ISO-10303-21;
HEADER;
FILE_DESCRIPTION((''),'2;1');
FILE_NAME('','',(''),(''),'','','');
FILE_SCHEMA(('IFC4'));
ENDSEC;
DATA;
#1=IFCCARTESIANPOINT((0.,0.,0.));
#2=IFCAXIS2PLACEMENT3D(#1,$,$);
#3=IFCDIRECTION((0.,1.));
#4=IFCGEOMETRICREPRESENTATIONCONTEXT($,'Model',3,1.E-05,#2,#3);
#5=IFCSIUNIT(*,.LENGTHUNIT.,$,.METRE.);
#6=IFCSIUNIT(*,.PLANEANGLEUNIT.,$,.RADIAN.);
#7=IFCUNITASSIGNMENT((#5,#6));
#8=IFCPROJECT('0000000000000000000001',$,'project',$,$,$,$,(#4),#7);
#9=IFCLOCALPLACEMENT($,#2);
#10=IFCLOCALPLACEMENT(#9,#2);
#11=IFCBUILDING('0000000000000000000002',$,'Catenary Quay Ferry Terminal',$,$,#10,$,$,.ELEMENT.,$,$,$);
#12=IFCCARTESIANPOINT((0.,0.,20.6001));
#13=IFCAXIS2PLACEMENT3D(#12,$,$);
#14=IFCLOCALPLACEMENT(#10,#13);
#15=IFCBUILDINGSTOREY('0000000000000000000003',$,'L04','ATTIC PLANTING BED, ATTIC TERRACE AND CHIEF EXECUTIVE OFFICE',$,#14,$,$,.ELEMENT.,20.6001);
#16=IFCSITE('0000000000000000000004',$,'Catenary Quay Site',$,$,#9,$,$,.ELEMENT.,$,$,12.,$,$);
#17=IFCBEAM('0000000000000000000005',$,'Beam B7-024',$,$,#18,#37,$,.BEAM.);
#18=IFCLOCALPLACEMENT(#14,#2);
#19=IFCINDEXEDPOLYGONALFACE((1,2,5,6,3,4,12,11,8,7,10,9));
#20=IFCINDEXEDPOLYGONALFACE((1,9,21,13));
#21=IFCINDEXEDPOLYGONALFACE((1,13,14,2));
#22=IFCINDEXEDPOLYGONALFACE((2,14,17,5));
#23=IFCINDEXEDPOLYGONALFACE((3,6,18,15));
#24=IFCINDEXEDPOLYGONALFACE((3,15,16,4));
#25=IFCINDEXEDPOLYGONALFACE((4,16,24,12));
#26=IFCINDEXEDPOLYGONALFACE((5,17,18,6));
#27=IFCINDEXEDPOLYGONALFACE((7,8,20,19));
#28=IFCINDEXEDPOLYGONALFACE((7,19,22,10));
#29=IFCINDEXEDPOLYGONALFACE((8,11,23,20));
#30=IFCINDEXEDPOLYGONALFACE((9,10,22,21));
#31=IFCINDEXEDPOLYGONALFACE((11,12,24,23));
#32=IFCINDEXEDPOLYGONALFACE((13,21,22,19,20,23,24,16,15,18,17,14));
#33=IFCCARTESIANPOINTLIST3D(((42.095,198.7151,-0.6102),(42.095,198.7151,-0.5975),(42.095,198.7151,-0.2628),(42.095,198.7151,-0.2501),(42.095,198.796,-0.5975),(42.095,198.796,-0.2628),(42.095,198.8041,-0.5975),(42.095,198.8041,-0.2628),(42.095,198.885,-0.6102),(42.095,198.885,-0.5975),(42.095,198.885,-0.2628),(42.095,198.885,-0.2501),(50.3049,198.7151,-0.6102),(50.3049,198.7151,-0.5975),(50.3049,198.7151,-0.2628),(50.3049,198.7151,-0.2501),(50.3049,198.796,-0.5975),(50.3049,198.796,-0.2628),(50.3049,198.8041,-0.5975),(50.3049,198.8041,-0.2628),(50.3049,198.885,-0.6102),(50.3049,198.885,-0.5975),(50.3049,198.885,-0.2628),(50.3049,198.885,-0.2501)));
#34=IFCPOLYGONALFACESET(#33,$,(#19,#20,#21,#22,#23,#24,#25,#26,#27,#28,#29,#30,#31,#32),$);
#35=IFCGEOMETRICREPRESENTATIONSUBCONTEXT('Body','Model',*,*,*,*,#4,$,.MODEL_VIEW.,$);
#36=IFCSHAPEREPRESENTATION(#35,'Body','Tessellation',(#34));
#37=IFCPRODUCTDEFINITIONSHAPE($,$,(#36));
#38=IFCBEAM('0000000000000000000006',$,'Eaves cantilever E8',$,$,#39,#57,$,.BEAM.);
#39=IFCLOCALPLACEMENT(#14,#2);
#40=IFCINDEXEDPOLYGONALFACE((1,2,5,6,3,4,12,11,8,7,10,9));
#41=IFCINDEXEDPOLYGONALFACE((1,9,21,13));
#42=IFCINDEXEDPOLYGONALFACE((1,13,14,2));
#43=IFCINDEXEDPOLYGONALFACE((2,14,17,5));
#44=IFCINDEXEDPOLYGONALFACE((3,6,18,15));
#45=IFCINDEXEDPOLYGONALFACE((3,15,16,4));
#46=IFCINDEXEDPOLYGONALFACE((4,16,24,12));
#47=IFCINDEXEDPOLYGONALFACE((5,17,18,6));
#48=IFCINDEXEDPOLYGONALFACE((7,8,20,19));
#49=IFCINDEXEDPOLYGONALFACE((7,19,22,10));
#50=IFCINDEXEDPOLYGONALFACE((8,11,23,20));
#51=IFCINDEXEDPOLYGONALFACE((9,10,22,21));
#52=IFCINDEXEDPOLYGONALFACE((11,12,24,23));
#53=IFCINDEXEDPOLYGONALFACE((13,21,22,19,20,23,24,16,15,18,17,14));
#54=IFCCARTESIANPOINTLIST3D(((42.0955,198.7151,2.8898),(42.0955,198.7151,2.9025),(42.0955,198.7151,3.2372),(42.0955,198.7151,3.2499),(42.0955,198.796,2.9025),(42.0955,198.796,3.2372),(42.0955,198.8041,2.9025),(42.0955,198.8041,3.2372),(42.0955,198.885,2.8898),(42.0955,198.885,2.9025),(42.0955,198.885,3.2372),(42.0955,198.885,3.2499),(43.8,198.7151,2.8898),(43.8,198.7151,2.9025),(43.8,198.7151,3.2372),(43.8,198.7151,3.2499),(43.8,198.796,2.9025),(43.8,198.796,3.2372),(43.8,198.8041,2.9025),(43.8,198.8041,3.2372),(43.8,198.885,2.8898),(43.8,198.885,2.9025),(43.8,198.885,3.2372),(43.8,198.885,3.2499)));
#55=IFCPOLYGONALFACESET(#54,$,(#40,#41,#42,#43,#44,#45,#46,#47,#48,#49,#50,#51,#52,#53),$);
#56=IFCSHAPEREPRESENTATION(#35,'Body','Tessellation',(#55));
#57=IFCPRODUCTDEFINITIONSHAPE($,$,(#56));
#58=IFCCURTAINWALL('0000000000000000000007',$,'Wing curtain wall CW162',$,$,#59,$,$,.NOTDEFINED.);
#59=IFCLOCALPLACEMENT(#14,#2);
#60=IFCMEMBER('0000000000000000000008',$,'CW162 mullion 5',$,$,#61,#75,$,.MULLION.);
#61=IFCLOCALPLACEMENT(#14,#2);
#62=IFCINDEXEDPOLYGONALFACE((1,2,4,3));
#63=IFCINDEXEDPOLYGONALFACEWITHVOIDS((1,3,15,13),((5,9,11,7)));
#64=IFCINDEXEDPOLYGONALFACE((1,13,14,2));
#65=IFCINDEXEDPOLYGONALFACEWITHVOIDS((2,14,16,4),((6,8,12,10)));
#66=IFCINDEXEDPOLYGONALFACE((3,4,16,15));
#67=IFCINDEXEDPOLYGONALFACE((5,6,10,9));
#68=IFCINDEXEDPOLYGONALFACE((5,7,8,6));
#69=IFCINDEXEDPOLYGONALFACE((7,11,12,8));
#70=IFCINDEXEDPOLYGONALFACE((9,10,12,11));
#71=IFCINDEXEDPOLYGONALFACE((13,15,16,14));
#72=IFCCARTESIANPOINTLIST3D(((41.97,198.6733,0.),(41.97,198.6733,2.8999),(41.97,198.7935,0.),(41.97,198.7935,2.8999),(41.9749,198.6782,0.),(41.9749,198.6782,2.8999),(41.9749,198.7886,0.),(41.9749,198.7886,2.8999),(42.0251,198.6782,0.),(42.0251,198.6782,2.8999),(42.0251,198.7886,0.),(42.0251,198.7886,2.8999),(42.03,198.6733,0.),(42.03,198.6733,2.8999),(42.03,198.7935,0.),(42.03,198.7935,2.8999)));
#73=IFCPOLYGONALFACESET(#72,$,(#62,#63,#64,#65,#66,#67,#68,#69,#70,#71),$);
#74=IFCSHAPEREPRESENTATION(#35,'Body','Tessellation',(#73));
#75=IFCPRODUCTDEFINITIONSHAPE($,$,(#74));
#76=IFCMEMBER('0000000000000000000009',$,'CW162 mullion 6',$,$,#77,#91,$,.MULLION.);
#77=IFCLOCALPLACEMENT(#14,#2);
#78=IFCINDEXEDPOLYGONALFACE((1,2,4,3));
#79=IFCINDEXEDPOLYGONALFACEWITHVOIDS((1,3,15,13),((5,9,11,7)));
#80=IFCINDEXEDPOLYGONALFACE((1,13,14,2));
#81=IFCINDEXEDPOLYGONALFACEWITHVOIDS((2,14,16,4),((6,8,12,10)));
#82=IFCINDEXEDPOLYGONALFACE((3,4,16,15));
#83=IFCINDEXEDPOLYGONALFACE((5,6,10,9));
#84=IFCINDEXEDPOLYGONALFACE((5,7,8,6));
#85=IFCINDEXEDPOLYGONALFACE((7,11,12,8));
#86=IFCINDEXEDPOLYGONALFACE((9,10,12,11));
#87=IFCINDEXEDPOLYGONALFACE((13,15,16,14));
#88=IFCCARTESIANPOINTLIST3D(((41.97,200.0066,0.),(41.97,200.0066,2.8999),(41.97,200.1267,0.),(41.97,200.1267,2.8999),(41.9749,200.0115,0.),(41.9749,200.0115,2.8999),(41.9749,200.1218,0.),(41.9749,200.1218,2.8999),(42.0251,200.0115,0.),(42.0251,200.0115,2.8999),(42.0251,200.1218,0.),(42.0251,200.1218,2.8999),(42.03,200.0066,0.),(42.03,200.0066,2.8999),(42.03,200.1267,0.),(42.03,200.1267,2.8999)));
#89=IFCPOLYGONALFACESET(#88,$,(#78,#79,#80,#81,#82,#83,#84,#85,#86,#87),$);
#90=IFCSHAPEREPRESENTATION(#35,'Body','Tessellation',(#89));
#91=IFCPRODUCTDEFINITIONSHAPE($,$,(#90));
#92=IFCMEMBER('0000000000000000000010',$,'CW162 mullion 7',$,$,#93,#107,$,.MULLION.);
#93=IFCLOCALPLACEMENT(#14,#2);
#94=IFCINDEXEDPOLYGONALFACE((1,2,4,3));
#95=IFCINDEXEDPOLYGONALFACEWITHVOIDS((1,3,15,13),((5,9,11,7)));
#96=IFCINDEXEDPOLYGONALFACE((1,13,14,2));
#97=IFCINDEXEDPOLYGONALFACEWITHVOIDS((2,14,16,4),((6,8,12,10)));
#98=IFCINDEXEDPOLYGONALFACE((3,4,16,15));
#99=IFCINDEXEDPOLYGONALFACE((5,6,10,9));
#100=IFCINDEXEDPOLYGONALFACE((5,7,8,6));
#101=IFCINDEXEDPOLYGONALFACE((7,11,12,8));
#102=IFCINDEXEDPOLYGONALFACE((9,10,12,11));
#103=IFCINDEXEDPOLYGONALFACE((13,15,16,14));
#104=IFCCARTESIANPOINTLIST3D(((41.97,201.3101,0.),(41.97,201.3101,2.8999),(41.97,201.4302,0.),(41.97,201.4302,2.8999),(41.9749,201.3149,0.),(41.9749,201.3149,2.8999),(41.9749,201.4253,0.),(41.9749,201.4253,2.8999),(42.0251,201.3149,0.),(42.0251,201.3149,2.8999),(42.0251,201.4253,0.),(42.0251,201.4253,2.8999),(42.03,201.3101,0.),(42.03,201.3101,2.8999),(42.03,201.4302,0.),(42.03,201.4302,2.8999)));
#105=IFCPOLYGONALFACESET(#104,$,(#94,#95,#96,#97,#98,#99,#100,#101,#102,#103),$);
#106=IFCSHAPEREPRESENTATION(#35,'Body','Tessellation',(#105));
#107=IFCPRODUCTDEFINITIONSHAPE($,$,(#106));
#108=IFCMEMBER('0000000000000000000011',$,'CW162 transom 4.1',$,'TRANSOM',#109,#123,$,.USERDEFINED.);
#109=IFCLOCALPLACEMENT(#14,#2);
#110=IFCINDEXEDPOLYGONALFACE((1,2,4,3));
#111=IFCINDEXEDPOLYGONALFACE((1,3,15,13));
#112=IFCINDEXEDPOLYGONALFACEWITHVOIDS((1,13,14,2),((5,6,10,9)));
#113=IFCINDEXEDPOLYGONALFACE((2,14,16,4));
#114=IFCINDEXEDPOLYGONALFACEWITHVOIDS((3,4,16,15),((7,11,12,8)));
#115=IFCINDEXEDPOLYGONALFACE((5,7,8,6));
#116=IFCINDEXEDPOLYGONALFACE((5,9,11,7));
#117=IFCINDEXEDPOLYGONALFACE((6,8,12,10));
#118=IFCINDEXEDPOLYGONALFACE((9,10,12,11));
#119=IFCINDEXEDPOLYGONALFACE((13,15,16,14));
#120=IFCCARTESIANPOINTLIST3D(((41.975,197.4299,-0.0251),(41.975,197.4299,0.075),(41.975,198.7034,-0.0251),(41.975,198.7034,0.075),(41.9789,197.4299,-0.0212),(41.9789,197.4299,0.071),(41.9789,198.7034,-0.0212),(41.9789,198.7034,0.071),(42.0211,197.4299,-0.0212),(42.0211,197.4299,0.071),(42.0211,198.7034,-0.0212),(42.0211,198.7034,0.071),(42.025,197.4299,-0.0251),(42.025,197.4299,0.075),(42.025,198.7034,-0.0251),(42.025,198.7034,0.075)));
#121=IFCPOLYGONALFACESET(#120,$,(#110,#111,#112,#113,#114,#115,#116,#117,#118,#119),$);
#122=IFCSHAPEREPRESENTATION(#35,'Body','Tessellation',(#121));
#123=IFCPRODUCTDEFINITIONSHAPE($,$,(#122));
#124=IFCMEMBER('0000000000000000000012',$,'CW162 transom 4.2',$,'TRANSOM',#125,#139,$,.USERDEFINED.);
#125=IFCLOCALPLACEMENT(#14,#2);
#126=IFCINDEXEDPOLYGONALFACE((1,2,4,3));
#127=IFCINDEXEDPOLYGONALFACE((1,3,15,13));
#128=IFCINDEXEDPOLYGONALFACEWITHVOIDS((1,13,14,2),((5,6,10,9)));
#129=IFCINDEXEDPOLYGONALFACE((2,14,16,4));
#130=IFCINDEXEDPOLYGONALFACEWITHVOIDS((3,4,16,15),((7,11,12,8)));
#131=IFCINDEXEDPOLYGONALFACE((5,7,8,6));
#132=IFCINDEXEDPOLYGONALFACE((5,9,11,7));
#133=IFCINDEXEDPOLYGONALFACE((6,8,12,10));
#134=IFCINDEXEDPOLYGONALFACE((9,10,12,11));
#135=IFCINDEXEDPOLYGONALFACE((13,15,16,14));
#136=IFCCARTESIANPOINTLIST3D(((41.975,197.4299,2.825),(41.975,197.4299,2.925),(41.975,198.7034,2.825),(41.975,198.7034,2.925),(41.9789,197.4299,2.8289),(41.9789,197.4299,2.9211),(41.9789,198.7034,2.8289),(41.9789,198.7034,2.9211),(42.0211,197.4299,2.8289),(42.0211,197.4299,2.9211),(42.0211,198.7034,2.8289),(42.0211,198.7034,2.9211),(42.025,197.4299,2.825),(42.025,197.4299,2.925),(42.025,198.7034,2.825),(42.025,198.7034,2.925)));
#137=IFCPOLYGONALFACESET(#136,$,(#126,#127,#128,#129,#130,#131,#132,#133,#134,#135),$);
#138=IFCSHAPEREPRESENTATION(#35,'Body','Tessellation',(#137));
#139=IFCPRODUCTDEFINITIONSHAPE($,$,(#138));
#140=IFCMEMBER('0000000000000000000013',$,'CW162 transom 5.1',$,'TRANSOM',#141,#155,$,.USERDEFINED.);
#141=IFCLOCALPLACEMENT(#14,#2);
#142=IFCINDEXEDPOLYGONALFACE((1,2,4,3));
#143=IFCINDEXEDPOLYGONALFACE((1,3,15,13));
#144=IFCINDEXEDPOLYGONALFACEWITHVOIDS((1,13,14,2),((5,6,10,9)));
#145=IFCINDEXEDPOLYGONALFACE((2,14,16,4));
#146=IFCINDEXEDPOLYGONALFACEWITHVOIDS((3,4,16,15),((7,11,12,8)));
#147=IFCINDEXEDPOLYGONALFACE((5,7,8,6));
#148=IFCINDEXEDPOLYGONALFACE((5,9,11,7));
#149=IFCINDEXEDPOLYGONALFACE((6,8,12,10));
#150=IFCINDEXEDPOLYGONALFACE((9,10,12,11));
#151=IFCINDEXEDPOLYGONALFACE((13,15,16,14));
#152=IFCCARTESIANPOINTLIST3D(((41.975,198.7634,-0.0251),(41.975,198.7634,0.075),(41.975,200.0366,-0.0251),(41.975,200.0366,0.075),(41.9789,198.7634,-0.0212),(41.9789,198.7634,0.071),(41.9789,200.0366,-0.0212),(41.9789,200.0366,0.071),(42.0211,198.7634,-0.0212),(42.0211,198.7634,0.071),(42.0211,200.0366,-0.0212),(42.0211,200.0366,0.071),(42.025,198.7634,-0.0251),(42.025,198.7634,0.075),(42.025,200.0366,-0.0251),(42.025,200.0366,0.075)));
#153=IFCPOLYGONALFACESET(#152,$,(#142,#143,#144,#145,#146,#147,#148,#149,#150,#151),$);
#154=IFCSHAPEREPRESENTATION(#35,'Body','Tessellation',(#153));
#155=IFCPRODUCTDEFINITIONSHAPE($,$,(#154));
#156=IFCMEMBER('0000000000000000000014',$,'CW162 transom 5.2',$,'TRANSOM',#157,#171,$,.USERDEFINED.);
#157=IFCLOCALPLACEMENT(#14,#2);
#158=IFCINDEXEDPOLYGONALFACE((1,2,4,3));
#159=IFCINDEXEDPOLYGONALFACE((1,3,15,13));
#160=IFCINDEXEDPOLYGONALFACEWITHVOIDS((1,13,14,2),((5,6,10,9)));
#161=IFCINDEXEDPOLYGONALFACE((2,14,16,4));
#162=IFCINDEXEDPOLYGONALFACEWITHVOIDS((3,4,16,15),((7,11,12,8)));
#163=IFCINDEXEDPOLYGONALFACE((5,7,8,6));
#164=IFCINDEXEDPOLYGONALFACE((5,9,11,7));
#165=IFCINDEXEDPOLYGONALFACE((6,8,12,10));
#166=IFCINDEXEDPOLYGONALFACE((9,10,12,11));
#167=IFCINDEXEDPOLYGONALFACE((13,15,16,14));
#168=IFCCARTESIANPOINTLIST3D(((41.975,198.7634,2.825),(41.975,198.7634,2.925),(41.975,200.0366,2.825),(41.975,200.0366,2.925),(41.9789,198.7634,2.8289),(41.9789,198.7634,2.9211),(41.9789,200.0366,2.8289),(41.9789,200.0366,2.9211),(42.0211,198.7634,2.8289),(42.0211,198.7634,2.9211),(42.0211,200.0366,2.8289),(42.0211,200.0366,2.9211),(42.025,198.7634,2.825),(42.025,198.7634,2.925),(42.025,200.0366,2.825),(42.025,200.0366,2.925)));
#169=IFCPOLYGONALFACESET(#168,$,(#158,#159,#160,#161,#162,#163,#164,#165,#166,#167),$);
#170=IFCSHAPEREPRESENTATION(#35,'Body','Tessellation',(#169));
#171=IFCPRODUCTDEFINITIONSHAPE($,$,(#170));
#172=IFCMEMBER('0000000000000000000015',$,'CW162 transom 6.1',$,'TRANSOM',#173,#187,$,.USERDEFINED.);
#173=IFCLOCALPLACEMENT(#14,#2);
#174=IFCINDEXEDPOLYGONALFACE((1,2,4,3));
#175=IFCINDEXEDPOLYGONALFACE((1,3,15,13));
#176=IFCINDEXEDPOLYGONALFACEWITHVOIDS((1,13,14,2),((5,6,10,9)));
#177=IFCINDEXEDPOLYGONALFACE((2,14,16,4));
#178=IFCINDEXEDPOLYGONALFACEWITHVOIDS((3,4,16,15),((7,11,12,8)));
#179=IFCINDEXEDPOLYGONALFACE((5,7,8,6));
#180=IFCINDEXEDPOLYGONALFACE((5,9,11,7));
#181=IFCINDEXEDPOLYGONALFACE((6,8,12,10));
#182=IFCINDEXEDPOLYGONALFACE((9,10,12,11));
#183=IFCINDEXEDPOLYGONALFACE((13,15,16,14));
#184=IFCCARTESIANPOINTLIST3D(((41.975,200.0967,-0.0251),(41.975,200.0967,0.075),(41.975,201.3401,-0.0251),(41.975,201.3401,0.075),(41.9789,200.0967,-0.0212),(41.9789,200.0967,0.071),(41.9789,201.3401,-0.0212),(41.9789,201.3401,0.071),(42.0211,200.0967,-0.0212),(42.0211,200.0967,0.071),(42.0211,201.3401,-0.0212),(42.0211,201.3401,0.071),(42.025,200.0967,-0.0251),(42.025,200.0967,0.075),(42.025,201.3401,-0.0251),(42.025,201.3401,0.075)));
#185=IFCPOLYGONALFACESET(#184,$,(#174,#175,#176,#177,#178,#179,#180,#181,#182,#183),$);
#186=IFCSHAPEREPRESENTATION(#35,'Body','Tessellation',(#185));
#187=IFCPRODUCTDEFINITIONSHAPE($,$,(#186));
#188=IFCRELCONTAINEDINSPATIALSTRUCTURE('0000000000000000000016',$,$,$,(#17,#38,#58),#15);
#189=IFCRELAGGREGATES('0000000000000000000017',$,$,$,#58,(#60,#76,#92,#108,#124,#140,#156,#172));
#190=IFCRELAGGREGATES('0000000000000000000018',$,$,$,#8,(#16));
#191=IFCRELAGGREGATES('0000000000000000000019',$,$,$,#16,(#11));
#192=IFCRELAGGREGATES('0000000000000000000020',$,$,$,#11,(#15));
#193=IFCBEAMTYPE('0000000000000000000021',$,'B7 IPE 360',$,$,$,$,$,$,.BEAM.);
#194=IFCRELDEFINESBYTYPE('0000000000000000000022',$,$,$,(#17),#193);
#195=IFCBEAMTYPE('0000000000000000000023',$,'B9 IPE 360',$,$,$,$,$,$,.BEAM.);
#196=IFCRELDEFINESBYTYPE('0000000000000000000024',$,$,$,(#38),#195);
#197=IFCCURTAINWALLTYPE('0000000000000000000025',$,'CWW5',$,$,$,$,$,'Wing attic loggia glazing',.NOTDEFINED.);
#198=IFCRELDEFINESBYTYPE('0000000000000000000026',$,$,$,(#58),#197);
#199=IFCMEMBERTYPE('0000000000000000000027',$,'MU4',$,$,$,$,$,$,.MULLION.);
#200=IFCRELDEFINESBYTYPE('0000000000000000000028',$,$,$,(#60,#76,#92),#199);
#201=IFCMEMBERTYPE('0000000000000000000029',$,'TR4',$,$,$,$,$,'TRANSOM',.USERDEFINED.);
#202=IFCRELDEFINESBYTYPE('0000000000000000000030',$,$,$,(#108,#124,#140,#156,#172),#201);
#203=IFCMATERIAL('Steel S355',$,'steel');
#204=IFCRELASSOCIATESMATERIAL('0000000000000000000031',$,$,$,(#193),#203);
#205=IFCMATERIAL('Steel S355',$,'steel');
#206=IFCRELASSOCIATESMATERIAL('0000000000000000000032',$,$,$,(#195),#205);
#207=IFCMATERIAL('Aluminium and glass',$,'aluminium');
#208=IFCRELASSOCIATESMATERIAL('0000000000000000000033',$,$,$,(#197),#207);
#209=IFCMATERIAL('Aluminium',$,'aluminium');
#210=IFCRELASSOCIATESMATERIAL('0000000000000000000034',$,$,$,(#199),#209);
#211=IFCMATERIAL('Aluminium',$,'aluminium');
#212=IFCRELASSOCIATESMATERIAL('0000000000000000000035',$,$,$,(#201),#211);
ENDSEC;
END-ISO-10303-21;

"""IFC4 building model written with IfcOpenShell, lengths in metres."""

from ifc_helpers import new_model, si_unit, direction, frame, origin, origin_2d, place, context, subcontext, project, spatial, hollow_rectangle, i_section, extrude, material, material_profile, profile_set, type_object, element, aggregate, save


model = new_model("IFC4")

# Units and contexts
model_context = context("Model", 3, precision=1e-05, world=origin(), true_north=direction((0.0, 1.0)))
body_context = subcontext(model_context, "Body", "Model", "MODEL_VIEW")
ifc_project = project(units=[si_unit("LENGTHUNIT", "METRE"), si_unit("PLANEANGLEUNIT", "RADIAN")], contexts=[model_context])

# Site, building, storey
site_placement = place(None, origin())
site = spatial("IfcSite", under=ifc_project, at=site_placement, Name="Catenary Quay Site", CompositionType="ELEMENT", RefElevation=12.0)
building_placement = place(site_placement, origin())
building = spatial("IfcBuilding", under=site, at=building_placement, Name="Catenary Quay Ferry Terminal", CompositionType="ELEMENT")
storey_placement = place(building_placement, frame((0.0, 0.0, 20.6001)))
storey = spatial("IfcBuildingStorey", under=building, at=storey_placement, Name="L04", Description="ATTIC PLANTING BED, ATTIC TERRACE AND CHIEF EXECUTIVE OFFICE", CompositionType="ELEMENT", Elevation=20.6001)

# Beams
ifc_material_1 = material(Name="Steel S355", Category="steel")
ifc_material_profile_1 = material_profile(ifc_material_1, i_section(OverallWidth=0.1699, OverallDepth=0.3601, WebThickness=0.0081, FlangeThickness=0.0127, at=origin_2d()), Name="IPE 360")
ifc_profile_set_1 = profile_set([ifc_material_profile_1], Name="Steel S355")
beam_type_1 = type_object("IfcBeamType", Name="B7 IPE 360", PredefinedType="BEAM", material=ifc_profile_set_1)
beam_1_placement = place(storey_placement, frame((42.095, 198.8, -0.4302), z_axis=(1.0, 0.0, 0.0), x_axis=(0.0, 1.0, 0.0)))
element("IfcBeam", 1, at=beam_1_placement, inside=storey, type_object=beam_type_1, Name="Beam B7-024", PredefinedType="BEAM", context=body_context, shape_type="SweptSolid", body=[
    extrude(i_section(OverallWidth=0.1699, OverallDepth=0.3601, WebThickness=0.0081, FlangeThickness=0.0127, at=origin_2d()), origin(), (0.0, 0.0, 1.0), 8.21),
])
ifc_material_2 = material(Name="Steel S355", Category="steel")
ifc_material_profile_2 = material_profile(ifc_material_2, i_section(OverallWidth=0.1699, OverallDepth=0.3601, WebThickness=0.0081, FlangeThickness=0.0127, at=origin_2d()), Name="IPE 360")
ifc_profile_set_2 = profile_set([ifc_material_profile_2], Name="Steel S355")
beam_type_2 = type_object("IfcBeamType", Name="B9 IPE 360", PredefinedType="BEAM", material=ifc_profile_set_2)
beam_2_placement = place(storey_placement, frame((42.0955, 198.8, 3.0698), z_axis=(1.0, 0.0, 0.0), x_axis=(0.0, 1.0, 0.0)))
element("IfcBeam", 2, at=beam_2_placement, inside=storey, type_object=beam_type_2, Name="Eaves cantilever E8", PredefinedType="BEAM", context=body_context, shape_type="SweptSolid", body=[
    extrude(i_section(OverallWidth=0.1699, OverallDepth=0.3601, WebThickness=0.0081, FlangeThickness=0.0127, at=origin_2d()), origin(), (0.0, 0.0, 1.0), 1.7046),
])

# Curtain wall, members
ifc_material_3 = material(Name="Aluminium and glass", Category="aluminium")
curtain_wall_type = type_object("IfcCurtainWallType", Name="CWW5", ElementType="Wing attic loggia glazing", PredefinedType="NOTDEFINED", material=ifc_material_3)
curtain_wall_placement = place(storey_placement, origin())
curtain_wall = element("IfcCurtainWall", 3, at=curtain_wall_placement, inside=storey, type_object=curtain_wall_type, Name="Wing curtain wall CW162", PredefinedType="NOTDEFINED")
ifc_material_4 = material(Name="Aluminium", Category="aluminium")
ifc_material_profile_3 = material_profile(ifc_material_4, hollow_rectangle(XDim=0.0601, YDim=0.1201, WallThickness=0.0049, at=origin_2d()), Name="MU4")
ifc_profile_set_3 = profile_set([ifc_material_profile_3], Name="Aluminium")
member_type_1 = type_object("IfcMemberType", Name="MU4", PredefinedType="MULLION", material=ifc_profile_set_3)
member_1_placement = place(storey_placement, frame((42.0, 198.7334, 0.0), z_axis=(0.0, 0.0, 1.0), x_axis=(-1.0, 0.0, 0.0)))
member_1 = element("IfcMember", 4, at=member_1_placement, type_object=member_type_1, Name="CW162 mullion 5", PredefinedType="MULLION", context=body_context, shape_type="SweptSolid", body=[
    extrude(hollow_rectangle(XDim=0.0601, YDim=0.1201, WallThickness=0.0049, at=origin_2d()), origin(), (0.0, 0.0, 1.0), 2.8999),
])
member_2_placement = place(storey_placement, frame((42.0, 200.0667, 0.0), z_axis=(0.0, 0.0, 1.0), x_axis=(-1.0, 0.0, 0.0)))
member_2 = element("IfcMember", 5, at=member_2_placement, type_object=member_type_1, Name="CW162 mullion 6", PredefinedType="MULLION", context=body_context, shape_type="SweptSolid", body=[
    extrude(hollow_rectangle(XDim=0.0601, YDim=0.1201, WallThickness=0.0049, at=origin_2d()), origin(), (0.0, 0.0, 1.0), 2.8999),
])
member_3_placement = place(storey_placement, frame((42.0, 201.3701, 0.0), z_axis=(0.0, 0.0, 1.0), x_axis=(-1.0, 0.0, 0.0)))
member_3 = element("IfcMember", 6, at=member_3_placement, type_object=member_type_1, Name="CW162 mullion 7", PredefinedType="MULLION", context=body_context, shape_type="SweptSolid", body=[
    extrude(hollow_rectangle(XDim=0.0601, YDim=0.1201, WallThickness=0.0049, at=origin_2d()), origin(), (0.0, 0.0, 1.0), 2.8999),
])
ifc_material_5 = material(Name="Aluminium", Category="aluminium")
ifc_material_profile_4 = material_profile(ifc_material_5, hollow_rectangle(XDim=0.05, YDim=0.1001, WallThickness=0.0039, at=origin_2d()), Name="TR4")
ifc_profile_set_4 = profile_set([ifc_material_profile_4], Name="Aluminium")
member_type_2 = type_object("IfcMemberType", Name="TR4", ElementType="TRANSOM", PredefinedType="USERDEFINED", material=ifc_profile_set_4)
member_4_placement = place(storey_placement, frame((42.0, 197.4299, 0.0249), z_axis=(0.0, 1.0, 0.0), x_axis=(-1.0, 0.0, 0.0)))
member_4 = element("IfcMember", 7, at=member_4_placement, type_object=member_type_2, Name="CW162 transom 4.1", ObjectType="TRANSOM", PredefinedType="USERDEFINED", context=body_context, shape_type="SweptSolid", body=[
    extrude(hollow_rectangle(XDim=0.05, YDim=0.1001, WallThickness=0.0039, at=origin_2d()), origin(), (0.0, 0.0, 1.0), 1.2734),
])
member_5_placement = place(storey_placement, frame((42.0, 197.4299, 2.875), z_axis=(0.0, 1.0, 0.0), x_axis=(-1.0, 0.0, 0.0)))
member_5 = element("IfcMember", 8, at=member_5_placement, type_object=member_type_2, Name="CW162 transom 4.2", ObjectType="TRANSOM", PredefinedType="USERDEFINED", context=body_context, shape_type="SweptSolid", body=[
    extrude(hollow_rectangle(XDim=0.05, YDim=0.1001, WallThickness=0.0039, at=origin_2d()), origin(), (0.0, 0.0, 1.0), 1.2734),
])
member_6_placement = place(storey_placement, frame((42.0, 198.7634, 0.0249), z_axis=(0.0, 1.0, 0.0), x_axis=(-1.0, 0.0, 0.0)))
member_6 = element("IfcMember", 9, at=member_6_placement, type_object=member_type_2, Name="CW162 transom 5.1", ObjectType="TRANSOM", PredefinedType="USERDEFINED", context=body_context, shape_type="SweptSolid", body=[
    extrude(hollow_rectangle(XDim=0.05, YDim=0.1001, WallThickness=0.0039, at=origin_2d()), origin(), (0.0, 0.0, 1.0), 1.2732),
])
member_7_placement = place(storey_placement, frame((42.0, 198.7634, 2.875), z_axis=(0.0, 1.0, 0.0), x_axis=(-1.0, 0.0, 0.0)))
member_7 = element("IfcMember", 10, at=member_7_placement, type_object=member_type_2, Name="CW162 transom 5.2", ObjectType="TRANSOM", PredefinedType="USERDEFINED", context=body_context, shape_type="SweptSolid", body=[
    extrude(hollow_rectangle(XDim=0.05, YDim=0.1001, WallThickness=0.0039, at=origin_2d()), origin(), (0.0, 0.0, 1.0), 1.2732),
])
member_8_placement = place(storey_placement, frame((42.0, 200.0967, 0.0249), z_axis=(0.0, 1.0, 0.0), x_axis=(-1.0, 0.0, 0.0)))
member_8 = element("IfcMember", 11, at=member_8_placement, type_object=member_type_2, Name="CW162 transom 6.1", ObjectType="TRANSOM", PredefinedType="USERDEFINED", context=body_context, shape_type="SweptSolid", body=[
    extrude(hollow_rectangle(XDim=0.05, YDim=0.1001, WallThickness=0.0039, at=origin_2d()), origin(), (0.0, 0.0, 1.0), 1.2434),
])

aggregate(curtain_wall, [member_1, member_2, member_3, member_4, member_5, member_6, member_7, member_8])

save(model, "model.ifc")
